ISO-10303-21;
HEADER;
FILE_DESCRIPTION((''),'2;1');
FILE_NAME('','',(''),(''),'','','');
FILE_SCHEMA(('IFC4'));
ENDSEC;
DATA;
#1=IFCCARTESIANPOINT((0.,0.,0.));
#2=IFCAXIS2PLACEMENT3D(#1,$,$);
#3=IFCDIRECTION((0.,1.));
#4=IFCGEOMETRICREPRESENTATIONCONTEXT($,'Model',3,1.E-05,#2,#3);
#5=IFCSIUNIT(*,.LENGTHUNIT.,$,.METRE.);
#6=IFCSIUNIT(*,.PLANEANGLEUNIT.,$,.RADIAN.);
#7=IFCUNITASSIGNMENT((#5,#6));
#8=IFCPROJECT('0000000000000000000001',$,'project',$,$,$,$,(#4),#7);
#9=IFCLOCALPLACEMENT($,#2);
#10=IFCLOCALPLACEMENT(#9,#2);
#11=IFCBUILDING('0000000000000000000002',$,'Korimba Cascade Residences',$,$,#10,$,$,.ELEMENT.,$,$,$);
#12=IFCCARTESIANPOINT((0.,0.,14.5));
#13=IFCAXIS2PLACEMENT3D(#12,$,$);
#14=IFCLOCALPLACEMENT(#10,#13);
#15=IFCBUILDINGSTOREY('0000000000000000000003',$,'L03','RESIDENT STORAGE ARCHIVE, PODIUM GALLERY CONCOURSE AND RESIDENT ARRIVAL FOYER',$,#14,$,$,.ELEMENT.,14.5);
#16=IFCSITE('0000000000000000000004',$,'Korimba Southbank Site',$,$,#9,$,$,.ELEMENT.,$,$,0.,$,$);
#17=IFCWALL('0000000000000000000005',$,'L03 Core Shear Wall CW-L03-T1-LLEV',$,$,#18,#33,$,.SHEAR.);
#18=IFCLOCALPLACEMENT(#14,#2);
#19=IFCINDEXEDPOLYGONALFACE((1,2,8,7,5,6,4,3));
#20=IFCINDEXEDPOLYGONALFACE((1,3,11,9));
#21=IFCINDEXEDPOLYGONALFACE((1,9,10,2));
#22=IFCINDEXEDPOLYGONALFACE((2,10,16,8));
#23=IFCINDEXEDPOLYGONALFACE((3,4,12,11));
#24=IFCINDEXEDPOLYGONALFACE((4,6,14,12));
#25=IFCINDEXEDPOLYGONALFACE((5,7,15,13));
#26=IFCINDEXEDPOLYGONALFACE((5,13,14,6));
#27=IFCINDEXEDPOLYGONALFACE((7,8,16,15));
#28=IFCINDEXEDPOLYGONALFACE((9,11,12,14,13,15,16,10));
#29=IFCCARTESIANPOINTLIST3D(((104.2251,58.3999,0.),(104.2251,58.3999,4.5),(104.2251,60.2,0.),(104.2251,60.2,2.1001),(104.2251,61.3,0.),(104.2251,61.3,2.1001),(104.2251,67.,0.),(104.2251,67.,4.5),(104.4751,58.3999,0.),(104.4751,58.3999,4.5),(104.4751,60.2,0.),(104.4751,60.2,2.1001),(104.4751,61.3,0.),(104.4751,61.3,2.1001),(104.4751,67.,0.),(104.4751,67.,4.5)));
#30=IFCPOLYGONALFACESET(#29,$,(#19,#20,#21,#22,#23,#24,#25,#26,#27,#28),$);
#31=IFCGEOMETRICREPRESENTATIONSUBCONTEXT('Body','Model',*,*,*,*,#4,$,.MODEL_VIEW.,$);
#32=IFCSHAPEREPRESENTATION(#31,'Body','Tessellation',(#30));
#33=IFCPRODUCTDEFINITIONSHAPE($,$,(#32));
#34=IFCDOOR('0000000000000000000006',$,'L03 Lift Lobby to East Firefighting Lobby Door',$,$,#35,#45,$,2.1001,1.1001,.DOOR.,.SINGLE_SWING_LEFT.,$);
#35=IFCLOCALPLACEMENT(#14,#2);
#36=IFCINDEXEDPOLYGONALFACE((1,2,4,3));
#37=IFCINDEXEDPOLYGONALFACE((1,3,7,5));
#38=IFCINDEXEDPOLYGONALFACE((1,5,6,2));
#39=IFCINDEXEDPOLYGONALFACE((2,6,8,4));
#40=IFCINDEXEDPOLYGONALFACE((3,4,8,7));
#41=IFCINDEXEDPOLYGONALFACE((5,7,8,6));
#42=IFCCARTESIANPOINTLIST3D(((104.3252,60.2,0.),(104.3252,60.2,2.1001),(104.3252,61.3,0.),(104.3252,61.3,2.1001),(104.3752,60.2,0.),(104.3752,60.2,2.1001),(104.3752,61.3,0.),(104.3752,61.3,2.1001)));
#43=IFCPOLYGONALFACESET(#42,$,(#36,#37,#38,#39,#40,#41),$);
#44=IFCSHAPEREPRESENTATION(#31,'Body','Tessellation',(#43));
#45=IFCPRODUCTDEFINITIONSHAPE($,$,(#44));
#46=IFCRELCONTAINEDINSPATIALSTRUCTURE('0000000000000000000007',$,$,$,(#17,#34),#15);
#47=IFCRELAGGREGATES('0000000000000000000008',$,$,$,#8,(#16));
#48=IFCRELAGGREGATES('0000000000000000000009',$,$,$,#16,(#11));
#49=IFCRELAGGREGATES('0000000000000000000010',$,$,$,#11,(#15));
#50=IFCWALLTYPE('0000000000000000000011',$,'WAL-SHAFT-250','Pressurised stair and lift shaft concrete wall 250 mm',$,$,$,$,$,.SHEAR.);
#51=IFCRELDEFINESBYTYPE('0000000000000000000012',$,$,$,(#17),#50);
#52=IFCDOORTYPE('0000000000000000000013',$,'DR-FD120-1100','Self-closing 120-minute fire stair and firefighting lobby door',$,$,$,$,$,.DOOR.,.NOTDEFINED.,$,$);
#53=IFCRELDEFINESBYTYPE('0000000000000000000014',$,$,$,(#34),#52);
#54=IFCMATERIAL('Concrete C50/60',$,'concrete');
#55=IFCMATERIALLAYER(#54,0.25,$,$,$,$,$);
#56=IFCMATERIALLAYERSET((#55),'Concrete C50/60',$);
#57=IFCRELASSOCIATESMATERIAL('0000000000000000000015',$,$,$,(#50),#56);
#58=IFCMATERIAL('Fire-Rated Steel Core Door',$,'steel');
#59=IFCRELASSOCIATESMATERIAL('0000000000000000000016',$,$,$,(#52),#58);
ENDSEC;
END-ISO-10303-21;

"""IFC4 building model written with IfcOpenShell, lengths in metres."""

from ifc_helpers import new_model, si_unit, direction, frame, frame_2d, origin, place, context, subcontext, project, spatial, rectangle, extrude, material, layer, layer_set, type_object, element, fill, save


model = new_model("IFC4")

# Units and contexts
model_context = context("Model", 3, precision=1e-05, world=origin(), true_north=direction((0.0, 1.0)))
body_context = subcontext(model_context, "Body", "Model", "MODEL_VIEW")
ifc_project = project(units=[si_unit("LENGTHUNIT", "METRE"), si_unit("PLANEANGLEUNIT", "RADIAN")], contexts=[model_context])

# Site, building, storey
site_placement = place(None, origin())
site = spatial("IfcSite", under=ifc_project, at=site_placement, Name="Korimba Southbank Site", CompositionType="ELEMENT", RefElevation=0.0)
building_placement = place(site_placement, origin())
building = spatial("IfcBuilding", under=site, at=building_placement, Name="Korimba Cascade Residences", CompositionType="ELEMENT")
storey_placement = place(building_placement, frame((0.0, 0.0, 14.5)))
storey = spatial("IfcBuildingStorey", under=building, at=storey_placement, Name="L03", Description="RESIDENT STORAGE ARCHIVE, PODIUM GALLERY CONCOURSE AND RESIDENT ARRIVAL FOYER", CompositionType="ELEMENT", Elevation=14.5)

# Shared definitions
ifc_material_1 = material(Name="Concrete C50/60", Category="concrete")

# Shared definitions
ifc_layer_1 = layer(ifc_material_1, 0.25)
ifc_layer_set_1 = layer_set([ifc_layer_1], Name="Concrete C50/60")
wall_type_1 = type_object("IfcWallType", Name="WAL-SHAFT-250", Description="Pressurised stair and lift shaft concrete wall 250 mm", PredefinedType="SHEAR", material=ifc_layer_set_1)

# Wall, opening, door
wall_1_placement = place(storey_placement, frame((104.3501, 58.3999, 0.0), z_axis=(0.0, 0.0, 1.0), x_axis=(0.0, 1.0, 0.0)))
wall_1 = element("IfcWall", 1, at=wall_1_placement, inside=storey, type_object=wall_type_1, Name="L03 Core Shear Wall CW-L03-T1-LLEV", PredefinedType="SHEAR", context=body_context, shape_type="SweptSolid", body=[
    extrude(rectangle(XDim=8.6001, YDim=0.25, at=frame_2d((4.3, 0.0))), origin(), (0.0, 0.0, 1.0), 4.5),
])
opening_placement = place(wall_1_placement, frame((1.8, 0.0, 0.0)))
opening = element("IfcOpeningElement", 2, at=opening_placement, cuts=wall_1, PredefinedType="OPENING", context=body_context, shape_type="SweptSolid", body=[
    extrude(rectangle(XDim=1.1001, YDim=2.1001, at=frame_2d((0.55, 1.05))), frame((0.0, 0.135, 0.0), z_axis=(0.0, -1.0, 0.0), x_axis=(1.0, 0.0, 0.0)), (0.0, 0.0, 1.0), 0.27),
])
ifc_material_2 = material(Name="Fire-Rated Steel Core Door", Category="steel")
door_type = type_object("IfcDoorType", Name="DR-FD120-1100", Description="Self-closing 120-minute fire stair and firefighting lobby door", OperationType="NOTDEFINED", PredefinedType="DOOR", material=ifc_material_2)
door_placement = place(opening_placement, origin())
door = element("IfcDoor", 3, at=door_placement, inside=storey, type_object=door_type, Name="L03 Lift Lobby to East Firefighting Lobby Door", OperationType="SINGLE_SWING_LEFT", OverallHeight=2.1001, OverallWidth=1.1001, PredefinedType="DOOR", context=body_context, shape_type="SweptSolid", body=[
    extrude(rectangle(XDim=1.1001, YDim=2.1001, at=frame_2d((0.55, 1.05))), frame((0.0, 0.0249, 0.0), z_axis=(0.0, -1.0, 0.0), x_axis=(1.0, 0.0, 0.0)), (0.0, 0.0, 1.0), 0.05),
])
fill(opening, door)

save(model, "model.ifc")
